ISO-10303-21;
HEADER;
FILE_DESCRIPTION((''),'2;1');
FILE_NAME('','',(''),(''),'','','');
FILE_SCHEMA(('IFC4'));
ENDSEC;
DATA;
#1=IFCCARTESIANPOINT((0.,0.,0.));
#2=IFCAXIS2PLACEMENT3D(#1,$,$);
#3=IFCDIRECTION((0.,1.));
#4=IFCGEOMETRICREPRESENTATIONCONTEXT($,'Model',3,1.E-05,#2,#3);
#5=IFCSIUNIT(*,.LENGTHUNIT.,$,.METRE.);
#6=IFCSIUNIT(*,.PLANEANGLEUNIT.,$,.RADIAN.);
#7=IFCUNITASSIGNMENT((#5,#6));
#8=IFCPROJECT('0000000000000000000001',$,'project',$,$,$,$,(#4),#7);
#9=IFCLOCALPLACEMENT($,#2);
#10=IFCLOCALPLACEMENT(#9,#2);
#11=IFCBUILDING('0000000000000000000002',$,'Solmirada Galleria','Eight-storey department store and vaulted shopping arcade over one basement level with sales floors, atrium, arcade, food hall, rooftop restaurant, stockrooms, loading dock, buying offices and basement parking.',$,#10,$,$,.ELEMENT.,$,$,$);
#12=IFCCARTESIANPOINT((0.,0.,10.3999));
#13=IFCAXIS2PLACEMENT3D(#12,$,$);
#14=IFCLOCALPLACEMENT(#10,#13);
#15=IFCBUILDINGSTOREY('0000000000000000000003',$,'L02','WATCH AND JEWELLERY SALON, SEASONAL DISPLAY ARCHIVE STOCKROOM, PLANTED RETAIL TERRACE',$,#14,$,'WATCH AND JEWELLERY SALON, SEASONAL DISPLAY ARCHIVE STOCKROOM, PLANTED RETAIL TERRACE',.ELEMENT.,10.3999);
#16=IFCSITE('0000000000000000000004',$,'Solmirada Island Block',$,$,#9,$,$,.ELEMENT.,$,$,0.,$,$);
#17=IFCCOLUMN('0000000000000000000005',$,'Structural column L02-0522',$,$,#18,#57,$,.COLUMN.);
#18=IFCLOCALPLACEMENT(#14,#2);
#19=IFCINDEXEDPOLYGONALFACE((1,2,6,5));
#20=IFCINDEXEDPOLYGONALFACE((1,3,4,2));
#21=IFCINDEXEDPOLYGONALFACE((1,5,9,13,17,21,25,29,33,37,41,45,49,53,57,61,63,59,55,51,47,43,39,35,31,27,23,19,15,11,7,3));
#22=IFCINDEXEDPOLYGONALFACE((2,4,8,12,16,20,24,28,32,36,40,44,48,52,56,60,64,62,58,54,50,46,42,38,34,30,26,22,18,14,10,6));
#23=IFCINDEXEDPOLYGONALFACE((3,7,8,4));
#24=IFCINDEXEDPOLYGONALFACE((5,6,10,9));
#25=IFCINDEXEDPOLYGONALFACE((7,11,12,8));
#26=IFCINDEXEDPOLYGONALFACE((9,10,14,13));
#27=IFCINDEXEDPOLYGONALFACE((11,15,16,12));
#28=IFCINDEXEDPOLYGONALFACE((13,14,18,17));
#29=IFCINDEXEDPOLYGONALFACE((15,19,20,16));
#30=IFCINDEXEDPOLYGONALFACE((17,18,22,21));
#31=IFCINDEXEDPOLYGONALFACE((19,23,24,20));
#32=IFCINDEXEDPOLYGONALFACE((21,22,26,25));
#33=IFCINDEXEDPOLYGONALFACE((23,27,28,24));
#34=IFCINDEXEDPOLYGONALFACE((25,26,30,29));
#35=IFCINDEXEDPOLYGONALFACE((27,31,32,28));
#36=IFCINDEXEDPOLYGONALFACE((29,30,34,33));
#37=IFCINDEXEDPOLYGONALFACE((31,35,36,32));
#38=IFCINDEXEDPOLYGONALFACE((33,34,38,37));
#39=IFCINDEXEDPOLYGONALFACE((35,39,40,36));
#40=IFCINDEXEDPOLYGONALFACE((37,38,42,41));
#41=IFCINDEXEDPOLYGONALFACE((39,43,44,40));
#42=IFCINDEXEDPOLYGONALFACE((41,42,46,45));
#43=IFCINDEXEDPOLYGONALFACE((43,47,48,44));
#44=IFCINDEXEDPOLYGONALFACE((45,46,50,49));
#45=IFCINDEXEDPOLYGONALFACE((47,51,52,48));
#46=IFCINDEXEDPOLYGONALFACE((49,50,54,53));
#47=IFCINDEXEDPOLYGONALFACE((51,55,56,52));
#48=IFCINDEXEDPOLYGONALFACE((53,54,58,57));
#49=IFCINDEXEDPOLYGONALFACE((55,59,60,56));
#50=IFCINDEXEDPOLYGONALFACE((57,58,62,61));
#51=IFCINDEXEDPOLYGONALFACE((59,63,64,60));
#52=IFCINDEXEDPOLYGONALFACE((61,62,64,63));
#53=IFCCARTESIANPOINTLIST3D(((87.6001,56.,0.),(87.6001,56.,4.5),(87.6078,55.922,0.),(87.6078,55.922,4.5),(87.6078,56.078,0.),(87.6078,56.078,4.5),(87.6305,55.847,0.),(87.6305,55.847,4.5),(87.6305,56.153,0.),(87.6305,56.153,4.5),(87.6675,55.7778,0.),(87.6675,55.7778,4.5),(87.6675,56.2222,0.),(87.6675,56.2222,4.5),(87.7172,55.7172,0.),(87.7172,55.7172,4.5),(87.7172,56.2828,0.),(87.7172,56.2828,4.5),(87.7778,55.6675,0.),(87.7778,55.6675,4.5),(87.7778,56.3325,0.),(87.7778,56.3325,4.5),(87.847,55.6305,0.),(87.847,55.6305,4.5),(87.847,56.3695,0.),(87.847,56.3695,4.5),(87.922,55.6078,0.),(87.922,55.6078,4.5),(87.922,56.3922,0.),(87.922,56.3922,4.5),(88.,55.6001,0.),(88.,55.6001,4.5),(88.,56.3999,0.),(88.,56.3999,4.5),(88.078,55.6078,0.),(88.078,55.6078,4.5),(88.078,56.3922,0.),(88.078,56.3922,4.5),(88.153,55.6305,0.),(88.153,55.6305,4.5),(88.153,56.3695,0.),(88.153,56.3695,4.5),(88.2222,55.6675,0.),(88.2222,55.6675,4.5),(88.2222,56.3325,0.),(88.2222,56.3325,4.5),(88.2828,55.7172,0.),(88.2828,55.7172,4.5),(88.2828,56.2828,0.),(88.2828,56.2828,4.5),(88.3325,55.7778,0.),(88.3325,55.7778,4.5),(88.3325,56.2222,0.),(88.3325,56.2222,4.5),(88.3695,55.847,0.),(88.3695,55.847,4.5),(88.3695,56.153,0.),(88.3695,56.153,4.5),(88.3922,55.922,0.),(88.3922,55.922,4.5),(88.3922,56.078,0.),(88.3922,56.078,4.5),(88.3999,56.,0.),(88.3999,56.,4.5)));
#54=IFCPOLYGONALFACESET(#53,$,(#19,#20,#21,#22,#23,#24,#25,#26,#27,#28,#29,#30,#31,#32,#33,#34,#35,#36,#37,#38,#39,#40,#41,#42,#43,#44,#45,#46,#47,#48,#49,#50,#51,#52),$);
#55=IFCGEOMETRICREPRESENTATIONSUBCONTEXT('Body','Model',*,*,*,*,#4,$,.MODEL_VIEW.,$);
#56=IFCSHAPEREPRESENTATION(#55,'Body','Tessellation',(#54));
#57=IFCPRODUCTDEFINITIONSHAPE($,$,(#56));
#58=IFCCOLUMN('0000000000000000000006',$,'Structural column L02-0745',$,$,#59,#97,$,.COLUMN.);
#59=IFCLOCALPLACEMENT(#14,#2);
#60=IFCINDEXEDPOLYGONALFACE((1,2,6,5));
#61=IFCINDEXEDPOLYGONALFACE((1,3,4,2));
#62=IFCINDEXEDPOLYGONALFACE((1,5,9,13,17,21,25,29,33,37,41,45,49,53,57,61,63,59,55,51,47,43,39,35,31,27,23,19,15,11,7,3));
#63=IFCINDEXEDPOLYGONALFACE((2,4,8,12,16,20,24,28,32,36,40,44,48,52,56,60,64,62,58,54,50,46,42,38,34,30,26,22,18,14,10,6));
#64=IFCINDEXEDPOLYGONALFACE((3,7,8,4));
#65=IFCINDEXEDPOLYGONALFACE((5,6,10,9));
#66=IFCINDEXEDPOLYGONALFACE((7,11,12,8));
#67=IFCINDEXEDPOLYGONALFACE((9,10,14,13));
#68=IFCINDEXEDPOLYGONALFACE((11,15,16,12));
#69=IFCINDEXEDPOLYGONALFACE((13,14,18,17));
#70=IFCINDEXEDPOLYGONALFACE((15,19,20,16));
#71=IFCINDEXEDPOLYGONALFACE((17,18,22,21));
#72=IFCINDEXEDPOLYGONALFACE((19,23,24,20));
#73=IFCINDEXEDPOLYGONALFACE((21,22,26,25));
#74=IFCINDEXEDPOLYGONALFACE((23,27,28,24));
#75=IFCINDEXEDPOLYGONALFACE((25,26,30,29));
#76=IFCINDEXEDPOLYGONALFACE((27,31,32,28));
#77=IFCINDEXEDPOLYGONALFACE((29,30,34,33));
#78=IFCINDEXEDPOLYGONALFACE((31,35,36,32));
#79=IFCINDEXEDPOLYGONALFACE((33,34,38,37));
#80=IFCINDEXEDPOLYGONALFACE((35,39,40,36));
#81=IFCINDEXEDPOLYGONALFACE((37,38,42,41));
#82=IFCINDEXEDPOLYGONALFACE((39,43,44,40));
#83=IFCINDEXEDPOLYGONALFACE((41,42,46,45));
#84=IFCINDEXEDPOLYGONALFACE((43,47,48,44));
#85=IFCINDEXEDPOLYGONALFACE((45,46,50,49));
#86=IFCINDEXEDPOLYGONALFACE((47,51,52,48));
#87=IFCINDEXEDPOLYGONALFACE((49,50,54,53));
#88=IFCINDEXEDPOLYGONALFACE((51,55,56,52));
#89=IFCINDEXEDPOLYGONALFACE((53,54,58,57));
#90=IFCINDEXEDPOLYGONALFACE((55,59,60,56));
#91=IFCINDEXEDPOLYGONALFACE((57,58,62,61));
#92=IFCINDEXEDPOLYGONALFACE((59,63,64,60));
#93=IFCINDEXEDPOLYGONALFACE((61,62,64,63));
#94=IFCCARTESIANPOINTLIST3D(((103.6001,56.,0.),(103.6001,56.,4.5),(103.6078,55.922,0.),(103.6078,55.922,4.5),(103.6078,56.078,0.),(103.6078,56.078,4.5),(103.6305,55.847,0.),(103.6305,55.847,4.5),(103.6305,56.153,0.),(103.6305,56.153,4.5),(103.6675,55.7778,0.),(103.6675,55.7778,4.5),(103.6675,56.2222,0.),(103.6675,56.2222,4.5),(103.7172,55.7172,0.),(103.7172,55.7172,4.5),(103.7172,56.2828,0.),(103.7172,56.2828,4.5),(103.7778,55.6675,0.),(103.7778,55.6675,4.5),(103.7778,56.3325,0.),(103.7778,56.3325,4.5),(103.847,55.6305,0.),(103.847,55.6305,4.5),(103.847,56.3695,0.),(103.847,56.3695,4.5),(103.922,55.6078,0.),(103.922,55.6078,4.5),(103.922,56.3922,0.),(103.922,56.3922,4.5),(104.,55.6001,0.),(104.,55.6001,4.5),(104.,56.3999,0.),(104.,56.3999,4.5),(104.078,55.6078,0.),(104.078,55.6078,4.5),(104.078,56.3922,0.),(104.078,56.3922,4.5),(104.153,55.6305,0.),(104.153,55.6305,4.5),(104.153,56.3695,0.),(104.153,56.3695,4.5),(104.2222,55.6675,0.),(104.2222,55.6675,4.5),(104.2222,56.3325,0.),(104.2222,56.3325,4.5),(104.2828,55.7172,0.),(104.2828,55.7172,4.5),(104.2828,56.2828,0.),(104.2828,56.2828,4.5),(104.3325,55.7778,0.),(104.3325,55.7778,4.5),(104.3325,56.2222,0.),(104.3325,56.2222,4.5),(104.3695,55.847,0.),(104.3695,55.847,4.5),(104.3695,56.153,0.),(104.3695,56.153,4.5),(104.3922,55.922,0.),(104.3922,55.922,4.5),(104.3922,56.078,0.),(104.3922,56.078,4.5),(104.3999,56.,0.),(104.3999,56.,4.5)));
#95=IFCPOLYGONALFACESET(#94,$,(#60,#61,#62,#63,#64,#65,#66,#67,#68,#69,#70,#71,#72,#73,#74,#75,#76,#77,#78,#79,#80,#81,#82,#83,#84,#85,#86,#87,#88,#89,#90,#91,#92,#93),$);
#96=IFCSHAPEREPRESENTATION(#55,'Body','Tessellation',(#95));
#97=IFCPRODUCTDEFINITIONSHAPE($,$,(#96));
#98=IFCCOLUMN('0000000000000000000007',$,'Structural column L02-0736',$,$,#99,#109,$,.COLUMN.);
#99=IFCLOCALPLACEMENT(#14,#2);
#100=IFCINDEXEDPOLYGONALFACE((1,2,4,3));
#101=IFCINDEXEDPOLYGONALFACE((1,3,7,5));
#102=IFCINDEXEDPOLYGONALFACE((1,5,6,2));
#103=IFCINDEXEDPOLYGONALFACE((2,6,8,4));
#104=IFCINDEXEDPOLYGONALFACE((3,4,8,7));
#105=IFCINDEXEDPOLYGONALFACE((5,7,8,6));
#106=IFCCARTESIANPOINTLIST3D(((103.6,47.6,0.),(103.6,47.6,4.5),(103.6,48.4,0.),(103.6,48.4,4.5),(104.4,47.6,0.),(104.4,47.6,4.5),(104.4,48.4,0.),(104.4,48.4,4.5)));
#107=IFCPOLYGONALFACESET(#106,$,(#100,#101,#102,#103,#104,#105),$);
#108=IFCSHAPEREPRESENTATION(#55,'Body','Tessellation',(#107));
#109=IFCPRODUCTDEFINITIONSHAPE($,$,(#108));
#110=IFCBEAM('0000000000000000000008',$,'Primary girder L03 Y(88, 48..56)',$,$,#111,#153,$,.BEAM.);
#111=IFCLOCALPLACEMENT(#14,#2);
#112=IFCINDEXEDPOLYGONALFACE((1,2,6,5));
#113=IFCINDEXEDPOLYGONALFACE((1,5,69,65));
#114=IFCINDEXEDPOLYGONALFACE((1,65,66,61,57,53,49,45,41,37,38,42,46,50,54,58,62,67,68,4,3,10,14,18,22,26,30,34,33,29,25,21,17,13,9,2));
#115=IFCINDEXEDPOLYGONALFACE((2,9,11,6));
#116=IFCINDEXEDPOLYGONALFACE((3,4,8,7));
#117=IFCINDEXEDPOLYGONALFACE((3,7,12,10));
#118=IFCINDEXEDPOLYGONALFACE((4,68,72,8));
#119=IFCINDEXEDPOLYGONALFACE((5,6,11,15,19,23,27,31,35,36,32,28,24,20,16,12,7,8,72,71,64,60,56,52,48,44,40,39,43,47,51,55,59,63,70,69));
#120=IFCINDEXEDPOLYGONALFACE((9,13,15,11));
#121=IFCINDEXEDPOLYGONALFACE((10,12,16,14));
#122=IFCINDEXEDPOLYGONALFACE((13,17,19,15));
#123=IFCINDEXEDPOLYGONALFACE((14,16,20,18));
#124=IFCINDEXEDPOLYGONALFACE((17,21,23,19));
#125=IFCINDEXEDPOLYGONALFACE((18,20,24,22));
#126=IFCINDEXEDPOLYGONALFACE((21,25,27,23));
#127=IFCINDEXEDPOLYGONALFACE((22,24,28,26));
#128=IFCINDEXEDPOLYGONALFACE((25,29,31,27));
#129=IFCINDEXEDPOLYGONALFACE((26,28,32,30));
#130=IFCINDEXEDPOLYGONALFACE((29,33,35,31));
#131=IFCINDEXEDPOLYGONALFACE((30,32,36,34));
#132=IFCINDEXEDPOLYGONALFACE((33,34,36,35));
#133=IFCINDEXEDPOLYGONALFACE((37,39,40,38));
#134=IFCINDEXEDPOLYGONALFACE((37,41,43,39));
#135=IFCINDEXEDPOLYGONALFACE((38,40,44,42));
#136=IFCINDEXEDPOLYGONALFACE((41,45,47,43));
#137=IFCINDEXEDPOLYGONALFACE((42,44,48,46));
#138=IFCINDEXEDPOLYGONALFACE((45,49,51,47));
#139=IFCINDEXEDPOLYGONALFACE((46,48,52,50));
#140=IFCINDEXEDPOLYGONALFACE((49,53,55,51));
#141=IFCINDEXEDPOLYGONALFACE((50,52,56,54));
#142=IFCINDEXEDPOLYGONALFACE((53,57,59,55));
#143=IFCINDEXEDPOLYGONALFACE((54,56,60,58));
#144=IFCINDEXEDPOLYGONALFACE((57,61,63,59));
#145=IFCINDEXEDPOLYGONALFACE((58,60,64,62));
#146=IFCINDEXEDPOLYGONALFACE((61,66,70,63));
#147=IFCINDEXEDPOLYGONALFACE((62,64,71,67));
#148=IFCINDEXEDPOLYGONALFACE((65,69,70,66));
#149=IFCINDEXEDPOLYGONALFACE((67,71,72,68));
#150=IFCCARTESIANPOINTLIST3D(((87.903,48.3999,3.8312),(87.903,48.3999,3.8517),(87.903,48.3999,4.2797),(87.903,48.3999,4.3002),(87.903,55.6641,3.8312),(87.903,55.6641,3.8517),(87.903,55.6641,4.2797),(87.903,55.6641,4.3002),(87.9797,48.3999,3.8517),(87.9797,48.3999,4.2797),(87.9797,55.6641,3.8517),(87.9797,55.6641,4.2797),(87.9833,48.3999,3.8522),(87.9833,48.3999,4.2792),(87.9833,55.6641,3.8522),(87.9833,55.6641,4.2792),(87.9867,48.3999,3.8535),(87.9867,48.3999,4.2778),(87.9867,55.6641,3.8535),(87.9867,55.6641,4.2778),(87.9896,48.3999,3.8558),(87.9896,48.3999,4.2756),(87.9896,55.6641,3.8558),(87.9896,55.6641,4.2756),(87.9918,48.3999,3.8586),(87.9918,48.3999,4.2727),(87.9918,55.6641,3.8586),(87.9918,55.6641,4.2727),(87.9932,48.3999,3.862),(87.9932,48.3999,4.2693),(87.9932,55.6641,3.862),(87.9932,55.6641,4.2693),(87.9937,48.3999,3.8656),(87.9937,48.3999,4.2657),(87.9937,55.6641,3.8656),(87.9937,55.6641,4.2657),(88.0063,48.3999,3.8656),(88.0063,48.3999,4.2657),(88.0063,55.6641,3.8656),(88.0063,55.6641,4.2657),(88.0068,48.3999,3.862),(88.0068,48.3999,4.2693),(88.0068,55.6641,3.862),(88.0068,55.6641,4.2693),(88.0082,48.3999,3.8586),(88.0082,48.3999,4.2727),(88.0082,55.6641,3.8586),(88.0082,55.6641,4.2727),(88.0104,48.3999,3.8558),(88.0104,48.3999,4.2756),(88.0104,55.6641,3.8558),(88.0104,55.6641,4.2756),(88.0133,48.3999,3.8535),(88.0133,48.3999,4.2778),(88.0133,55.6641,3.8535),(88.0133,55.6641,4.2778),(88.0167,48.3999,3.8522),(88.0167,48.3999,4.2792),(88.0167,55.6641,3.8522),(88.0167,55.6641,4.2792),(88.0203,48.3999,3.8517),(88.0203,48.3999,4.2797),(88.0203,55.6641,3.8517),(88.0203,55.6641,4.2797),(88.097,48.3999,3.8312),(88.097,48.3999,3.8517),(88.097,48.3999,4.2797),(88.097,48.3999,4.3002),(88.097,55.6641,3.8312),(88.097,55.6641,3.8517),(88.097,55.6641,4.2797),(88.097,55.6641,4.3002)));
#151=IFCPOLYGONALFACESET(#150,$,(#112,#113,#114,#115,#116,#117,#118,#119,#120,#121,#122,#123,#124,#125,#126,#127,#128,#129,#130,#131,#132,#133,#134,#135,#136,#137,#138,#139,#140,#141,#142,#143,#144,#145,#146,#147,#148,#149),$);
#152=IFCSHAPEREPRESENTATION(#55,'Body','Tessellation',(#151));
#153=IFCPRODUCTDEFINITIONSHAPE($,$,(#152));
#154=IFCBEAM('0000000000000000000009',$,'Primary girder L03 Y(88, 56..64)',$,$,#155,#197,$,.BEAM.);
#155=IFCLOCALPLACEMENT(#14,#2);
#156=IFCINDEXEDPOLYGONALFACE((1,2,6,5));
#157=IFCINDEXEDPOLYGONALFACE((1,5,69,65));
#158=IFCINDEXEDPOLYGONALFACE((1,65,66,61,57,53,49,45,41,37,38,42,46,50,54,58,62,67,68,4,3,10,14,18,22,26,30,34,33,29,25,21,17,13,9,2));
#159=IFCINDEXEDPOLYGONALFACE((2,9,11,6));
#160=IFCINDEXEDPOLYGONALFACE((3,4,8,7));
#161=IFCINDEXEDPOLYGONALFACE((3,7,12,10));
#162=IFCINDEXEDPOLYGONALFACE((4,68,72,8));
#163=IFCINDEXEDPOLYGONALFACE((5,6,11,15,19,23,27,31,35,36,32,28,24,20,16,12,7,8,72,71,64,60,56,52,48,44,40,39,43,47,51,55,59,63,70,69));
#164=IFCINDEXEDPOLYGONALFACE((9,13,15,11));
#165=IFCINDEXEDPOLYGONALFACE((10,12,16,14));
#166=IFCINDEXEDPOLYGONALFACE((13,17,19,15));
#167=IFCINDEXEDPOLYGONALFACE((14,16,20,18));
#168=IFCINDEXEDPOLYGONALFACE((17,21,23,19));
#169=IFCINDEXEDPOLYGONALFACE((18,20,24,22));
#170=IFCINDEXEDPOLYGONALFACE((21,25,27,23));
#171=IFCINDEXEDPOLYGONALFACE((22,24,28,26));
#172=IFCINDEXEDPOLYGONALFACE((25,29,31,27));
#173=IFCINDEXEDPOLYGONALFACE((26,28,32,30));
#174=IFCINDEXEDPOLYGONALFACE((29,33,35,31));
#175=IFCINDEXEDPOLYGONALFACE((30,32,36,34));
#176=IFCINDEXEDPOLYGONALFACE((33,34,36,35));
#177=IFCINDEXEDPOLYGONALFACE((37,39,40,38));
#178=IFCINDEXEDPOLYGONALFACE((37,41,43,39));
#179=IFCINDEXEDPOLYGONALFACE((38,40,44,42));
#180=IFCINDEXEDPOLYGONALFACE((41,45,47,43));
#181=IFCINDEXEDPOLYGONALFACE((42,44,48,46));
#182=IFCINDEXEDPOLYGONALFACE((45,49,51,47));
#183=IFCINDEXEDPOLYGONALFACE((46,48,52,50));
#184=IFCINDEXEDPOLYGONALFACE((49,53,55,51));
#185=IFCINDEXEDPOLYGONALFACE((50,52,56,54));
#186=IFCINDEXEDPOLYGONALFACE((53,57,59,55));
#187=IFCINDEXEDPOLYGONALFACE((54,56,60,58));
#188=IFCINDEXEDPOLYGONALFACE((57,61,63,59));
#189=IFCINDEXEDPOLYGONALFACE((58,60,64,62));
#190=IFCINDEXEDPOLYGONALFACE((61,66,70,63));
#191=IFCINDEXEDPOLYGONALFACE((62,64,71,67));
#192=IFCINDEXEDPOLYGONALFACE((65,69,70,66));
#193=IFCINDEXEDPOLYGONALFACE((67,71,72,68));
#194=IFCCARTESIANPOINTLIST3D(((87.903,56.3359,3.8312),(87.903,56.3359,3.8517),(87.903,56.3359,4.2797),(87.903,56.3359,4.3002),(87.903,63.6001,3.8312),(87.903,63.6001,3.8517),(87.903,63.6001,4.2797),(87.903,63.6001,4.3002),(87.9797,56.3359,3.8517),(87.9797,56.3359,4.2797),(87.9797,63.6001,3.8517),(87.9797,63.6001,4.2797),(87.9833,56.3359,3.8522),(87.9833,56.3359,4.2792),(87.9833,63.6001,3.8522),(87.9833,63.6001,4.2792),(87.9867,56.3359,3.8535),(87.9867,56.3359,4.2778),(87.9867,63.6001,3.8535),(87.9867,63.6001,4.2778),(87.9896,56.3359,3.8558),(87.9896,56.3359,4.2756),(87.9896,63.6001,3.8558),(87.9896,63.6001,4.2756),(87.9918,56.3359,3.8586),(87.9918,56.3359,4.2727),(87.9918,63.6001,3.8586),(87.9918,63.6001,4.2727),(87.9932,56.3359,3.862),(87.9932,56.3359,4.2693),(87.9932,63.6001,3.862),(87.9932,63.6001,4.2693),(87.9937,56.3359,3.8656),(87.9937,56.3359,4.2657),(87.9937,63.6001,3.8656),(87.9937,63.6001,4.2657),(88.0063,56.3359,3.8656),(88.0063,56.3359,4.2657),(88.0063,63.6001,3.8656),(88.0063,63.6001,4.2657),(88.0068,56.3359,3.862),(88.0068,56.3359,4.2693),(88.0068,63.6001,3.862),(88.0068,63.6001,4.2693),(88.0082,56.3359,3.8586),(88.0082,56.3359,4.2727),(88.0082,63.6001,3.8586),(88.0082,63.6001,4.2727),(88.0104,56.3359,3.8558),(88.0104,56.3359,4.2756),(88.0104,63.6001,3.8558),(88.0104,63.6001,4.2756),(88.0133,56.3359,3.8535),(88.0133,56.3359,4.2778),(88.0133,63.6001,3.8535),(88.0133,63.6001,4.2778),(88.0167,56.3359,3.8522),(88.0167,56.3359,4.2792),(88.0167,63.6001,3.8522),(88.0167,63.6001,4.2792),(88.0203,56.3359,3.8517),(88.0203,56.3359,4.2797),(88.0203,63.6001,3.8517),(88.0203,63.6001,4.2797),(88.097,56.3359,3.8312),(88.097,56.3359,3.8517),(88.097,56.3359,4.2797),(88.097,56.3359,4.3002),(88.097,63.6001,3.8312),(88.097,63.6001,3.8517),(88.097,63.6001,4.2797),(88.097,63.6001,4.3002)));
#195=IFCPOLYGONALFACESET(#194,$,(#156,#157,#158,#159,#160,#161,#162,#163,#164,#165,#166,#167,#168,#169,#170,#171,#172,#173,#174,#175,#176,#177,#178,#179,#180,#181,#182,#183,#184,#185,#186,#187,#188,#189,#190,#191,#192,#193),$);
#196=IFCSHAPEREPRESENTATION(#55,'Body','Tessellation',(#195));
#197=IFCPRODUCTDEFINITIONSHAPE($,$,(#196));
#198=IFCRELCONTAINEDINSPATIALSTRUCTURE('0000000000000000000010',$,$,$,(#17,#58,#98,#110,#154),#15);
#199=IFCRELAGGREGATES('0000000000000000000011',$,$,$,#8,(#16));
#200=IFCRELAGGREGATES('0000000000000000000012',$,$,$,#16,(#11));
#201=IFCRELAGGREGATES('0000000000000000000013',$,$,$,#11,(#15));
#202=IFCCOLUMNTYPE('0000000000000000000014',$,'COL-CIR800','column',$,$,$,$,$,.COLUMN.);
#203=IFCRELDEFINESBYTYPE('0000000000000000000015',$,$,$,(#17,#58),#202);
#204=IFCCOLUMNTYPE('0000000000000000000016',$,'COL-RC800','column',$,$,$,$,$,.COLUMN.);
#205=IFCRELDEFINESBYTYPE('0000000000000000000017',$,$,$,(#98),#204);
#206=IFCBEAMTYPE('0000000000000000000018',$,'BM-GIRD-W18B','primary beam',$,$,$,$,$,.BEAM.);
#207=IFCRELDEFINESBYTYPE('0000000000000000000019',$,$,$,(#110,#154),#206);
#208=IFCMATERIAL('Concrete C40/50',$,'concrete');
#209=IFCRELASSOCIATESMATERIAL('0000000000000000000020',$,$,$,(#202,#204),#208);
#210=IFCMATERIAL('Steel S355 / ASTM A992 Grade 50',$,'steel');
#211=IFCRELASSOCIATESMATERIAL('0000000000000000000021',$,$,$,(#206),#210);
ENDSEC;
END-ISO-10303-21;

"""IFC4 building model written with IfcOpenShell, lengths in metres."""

from ifc_helpers import new_model, si_unit, direction, frame, origin, origin_2d, place, context, subcontext, project, spatial, rectangle, circle, i_section, extrude, material, material_profile, profile_set, type_object, element, save


model = new_model("IFC4")

# Units and contexts
model_context = context("Model", 3, precision=1e-05, world=origin(), true_north=direction((0.0, 1.0)))
body_context = subcontext(model_context, "Body", "Model", "MODEL_VIEW")
ifc_project = project(units=[si_unit("LENGTHUNIT", "METRE"), si_unit("PLANEANGLEUNIT", "RADIAN")], contexts=[model_context])

# Site, building, storey
site_placement = place(None, origin())
site = spatial("IfcSite", under=ifc_project, at=site_placement, Name="Solmirada Island Block", CompositionType="ELEMENT", RefElevation=0.0)
building_placement = place(site_placement, origin())
building = spatial("IfcBuilding", under=site, at=building_placement, Name="Solmirada Galleria", Description="Eight-storey department store and vaulted shopping arcade over one basement level with sales floors, atrium, arcade, food hall, rooftop restaurant, stockrooms, loading dock, buying offices and basement parking.", CompositionType="ELEMENT")
storey_placement = place(building_placement, frame((0.0, 0.0, 10.3999)))
storey = spatial("IfcBuildingStorey", under=building, at=storey_placement, Name="L02", Description="WATCH AND JEWELLERY SALON, SEASONAL DISPLAY ARCHIVE STOCKROOM, PLANTED RETAIL TERRACE", LongName="WATCH AND JEWELLERY SALON, SEASONAL DISPLAY ARCHIVE STOCKROOM, PLANTED RETAIL TERRACE", CompositionType="ELEMENT", Elevation=10.3999)

# Columns
ifc_material_1 = material(Name="Concrete C40/50", Category="concrete")
ifc_material_profile_1 = material_profile(ifc_material_1, circle(Radius=0.3999, at=origin_2d()), Name="RCCOL800")
ifc_profile_set_1 = profile_set([ifc_material_profile_1], Name="Concrete C40/50")
column_type_1 = type_object("IfcColumnType", Name="COL-CIR800", Description="column", PredefinedType="COLUMN", material=ifc_profile_set_1)
for number, where, z_axis, x_axis, name in (
    (1, (88.0, 56.0, 0.0), (0.0, 0.0, 1.0), (1.0, 0.0, 0.0), "Structural column L02-0522"),
    (2, (104.0, 56.0, 0.0), (0.0, 0.0, 1.0), (1.0, 0.0, 0.0), "Structural column L02-0745"),
):
    element("IfcColumn", number, at=place(storey_placement, frame(where, z_axis=z_axis, x_axis=x_axis)), inside=storey, type_object=column_type_1, Name=name, PredefinedType="COLUMN", context=body_context, shape_type="SweptSolid", body=[
        extrude(circle(Radius=0.3999, at=origin_2d()), origin(), (0.0, 0.0, 1.0), 4.5),
    ])
ifc_material_profile_2 = material_profile(ifc_material_1, rectangle(XDim=0.8, YDim=0.8, at=origin_2d()), Name="RC800X800")
ifc_profile_set_2 = profile_set([ifc_material_profile_2], Name="Concrete C40/50")
column_type_2 = type_object("IfcColumnType", Name="COL-RC800", Description="column", PredefinedType="COLUMN", material=ifc_profile_set_2)
column_placement = place(storey_placement, frame((104.0, 48.0, 0.0), z_axis=(0.0, 0.0, 1.0), x_axis=(1.0, 0.0, 0.0)))
element("IfcColumn", 3, at=column_placement, inside=storey, type_object=column_type_2, Name="Structural column L02-0736", PredefinedType="COLUMN", context=body_context, shape_type="SweptSolid", body=[
    extrude(rectangle(XDim=0.8, YDim=0.8, at=origin_2d()), origin(), (0.0, 0.0, 1.0), 4.5),
])

# Beams
ifc_material_2 = material(Name="Steel S355 / ASTM A992 Grade 50", Category="steel")
ifc_material_profile_3 = material_profile(ifc_material_2, i_section(OverallWidth=0.1941, OverallDepth=0.469, WebThickness=0.0127, FlangeThickness=0.0205, FilletRadius=0.0139, at=origin_2d()), Name="W18X71")
ifc_profile_set_3 = profile_set([ifc_material_profile_3], Name="Steel S355 / ASTM A992 Grade 50")
beam_type_1 = type_object("IfcBeamType", Name="BM-GIRD-W18B", Description="primary beam", PredefinedType="BEAM", material=ifc_profile_set_3)
for number, where, z_axis, x_axis, name in (
    (4, (88.0, 48.3999, 4.0657), (0.0, 1.0, 0.0), (-1.0, 0.0, 0.0), "Primary girder L03 Y(88, 48..56)"),
    (5, (88.0, 56.3359, 4.0657), (0.0, 1.0, 0.0), (-1.0, 0.0, 0.0), "Primary girder L03 Y(88, 56..64)"),
):
    element("IfcBeam", number, at=place(storey_placement, frame(where, z_axis=z_axis, x_axis=x_axis)), inside=storey, type_object=beam_type_1, Name=name, PredefinedType="BEAM", context=body_context, shape_type="SweptSolid", body=[
        extrude(i_section(OverallWidth=0.1941, OverallDepth=0.469, WebThickness=0.0127, FlangeThickness=0.0205, FilletRadius=0.0139, at=origin_2d()), origin(), (0.0, 0.0, 1.0), 7.2642),
    ])

save(model, "model.ifc")
